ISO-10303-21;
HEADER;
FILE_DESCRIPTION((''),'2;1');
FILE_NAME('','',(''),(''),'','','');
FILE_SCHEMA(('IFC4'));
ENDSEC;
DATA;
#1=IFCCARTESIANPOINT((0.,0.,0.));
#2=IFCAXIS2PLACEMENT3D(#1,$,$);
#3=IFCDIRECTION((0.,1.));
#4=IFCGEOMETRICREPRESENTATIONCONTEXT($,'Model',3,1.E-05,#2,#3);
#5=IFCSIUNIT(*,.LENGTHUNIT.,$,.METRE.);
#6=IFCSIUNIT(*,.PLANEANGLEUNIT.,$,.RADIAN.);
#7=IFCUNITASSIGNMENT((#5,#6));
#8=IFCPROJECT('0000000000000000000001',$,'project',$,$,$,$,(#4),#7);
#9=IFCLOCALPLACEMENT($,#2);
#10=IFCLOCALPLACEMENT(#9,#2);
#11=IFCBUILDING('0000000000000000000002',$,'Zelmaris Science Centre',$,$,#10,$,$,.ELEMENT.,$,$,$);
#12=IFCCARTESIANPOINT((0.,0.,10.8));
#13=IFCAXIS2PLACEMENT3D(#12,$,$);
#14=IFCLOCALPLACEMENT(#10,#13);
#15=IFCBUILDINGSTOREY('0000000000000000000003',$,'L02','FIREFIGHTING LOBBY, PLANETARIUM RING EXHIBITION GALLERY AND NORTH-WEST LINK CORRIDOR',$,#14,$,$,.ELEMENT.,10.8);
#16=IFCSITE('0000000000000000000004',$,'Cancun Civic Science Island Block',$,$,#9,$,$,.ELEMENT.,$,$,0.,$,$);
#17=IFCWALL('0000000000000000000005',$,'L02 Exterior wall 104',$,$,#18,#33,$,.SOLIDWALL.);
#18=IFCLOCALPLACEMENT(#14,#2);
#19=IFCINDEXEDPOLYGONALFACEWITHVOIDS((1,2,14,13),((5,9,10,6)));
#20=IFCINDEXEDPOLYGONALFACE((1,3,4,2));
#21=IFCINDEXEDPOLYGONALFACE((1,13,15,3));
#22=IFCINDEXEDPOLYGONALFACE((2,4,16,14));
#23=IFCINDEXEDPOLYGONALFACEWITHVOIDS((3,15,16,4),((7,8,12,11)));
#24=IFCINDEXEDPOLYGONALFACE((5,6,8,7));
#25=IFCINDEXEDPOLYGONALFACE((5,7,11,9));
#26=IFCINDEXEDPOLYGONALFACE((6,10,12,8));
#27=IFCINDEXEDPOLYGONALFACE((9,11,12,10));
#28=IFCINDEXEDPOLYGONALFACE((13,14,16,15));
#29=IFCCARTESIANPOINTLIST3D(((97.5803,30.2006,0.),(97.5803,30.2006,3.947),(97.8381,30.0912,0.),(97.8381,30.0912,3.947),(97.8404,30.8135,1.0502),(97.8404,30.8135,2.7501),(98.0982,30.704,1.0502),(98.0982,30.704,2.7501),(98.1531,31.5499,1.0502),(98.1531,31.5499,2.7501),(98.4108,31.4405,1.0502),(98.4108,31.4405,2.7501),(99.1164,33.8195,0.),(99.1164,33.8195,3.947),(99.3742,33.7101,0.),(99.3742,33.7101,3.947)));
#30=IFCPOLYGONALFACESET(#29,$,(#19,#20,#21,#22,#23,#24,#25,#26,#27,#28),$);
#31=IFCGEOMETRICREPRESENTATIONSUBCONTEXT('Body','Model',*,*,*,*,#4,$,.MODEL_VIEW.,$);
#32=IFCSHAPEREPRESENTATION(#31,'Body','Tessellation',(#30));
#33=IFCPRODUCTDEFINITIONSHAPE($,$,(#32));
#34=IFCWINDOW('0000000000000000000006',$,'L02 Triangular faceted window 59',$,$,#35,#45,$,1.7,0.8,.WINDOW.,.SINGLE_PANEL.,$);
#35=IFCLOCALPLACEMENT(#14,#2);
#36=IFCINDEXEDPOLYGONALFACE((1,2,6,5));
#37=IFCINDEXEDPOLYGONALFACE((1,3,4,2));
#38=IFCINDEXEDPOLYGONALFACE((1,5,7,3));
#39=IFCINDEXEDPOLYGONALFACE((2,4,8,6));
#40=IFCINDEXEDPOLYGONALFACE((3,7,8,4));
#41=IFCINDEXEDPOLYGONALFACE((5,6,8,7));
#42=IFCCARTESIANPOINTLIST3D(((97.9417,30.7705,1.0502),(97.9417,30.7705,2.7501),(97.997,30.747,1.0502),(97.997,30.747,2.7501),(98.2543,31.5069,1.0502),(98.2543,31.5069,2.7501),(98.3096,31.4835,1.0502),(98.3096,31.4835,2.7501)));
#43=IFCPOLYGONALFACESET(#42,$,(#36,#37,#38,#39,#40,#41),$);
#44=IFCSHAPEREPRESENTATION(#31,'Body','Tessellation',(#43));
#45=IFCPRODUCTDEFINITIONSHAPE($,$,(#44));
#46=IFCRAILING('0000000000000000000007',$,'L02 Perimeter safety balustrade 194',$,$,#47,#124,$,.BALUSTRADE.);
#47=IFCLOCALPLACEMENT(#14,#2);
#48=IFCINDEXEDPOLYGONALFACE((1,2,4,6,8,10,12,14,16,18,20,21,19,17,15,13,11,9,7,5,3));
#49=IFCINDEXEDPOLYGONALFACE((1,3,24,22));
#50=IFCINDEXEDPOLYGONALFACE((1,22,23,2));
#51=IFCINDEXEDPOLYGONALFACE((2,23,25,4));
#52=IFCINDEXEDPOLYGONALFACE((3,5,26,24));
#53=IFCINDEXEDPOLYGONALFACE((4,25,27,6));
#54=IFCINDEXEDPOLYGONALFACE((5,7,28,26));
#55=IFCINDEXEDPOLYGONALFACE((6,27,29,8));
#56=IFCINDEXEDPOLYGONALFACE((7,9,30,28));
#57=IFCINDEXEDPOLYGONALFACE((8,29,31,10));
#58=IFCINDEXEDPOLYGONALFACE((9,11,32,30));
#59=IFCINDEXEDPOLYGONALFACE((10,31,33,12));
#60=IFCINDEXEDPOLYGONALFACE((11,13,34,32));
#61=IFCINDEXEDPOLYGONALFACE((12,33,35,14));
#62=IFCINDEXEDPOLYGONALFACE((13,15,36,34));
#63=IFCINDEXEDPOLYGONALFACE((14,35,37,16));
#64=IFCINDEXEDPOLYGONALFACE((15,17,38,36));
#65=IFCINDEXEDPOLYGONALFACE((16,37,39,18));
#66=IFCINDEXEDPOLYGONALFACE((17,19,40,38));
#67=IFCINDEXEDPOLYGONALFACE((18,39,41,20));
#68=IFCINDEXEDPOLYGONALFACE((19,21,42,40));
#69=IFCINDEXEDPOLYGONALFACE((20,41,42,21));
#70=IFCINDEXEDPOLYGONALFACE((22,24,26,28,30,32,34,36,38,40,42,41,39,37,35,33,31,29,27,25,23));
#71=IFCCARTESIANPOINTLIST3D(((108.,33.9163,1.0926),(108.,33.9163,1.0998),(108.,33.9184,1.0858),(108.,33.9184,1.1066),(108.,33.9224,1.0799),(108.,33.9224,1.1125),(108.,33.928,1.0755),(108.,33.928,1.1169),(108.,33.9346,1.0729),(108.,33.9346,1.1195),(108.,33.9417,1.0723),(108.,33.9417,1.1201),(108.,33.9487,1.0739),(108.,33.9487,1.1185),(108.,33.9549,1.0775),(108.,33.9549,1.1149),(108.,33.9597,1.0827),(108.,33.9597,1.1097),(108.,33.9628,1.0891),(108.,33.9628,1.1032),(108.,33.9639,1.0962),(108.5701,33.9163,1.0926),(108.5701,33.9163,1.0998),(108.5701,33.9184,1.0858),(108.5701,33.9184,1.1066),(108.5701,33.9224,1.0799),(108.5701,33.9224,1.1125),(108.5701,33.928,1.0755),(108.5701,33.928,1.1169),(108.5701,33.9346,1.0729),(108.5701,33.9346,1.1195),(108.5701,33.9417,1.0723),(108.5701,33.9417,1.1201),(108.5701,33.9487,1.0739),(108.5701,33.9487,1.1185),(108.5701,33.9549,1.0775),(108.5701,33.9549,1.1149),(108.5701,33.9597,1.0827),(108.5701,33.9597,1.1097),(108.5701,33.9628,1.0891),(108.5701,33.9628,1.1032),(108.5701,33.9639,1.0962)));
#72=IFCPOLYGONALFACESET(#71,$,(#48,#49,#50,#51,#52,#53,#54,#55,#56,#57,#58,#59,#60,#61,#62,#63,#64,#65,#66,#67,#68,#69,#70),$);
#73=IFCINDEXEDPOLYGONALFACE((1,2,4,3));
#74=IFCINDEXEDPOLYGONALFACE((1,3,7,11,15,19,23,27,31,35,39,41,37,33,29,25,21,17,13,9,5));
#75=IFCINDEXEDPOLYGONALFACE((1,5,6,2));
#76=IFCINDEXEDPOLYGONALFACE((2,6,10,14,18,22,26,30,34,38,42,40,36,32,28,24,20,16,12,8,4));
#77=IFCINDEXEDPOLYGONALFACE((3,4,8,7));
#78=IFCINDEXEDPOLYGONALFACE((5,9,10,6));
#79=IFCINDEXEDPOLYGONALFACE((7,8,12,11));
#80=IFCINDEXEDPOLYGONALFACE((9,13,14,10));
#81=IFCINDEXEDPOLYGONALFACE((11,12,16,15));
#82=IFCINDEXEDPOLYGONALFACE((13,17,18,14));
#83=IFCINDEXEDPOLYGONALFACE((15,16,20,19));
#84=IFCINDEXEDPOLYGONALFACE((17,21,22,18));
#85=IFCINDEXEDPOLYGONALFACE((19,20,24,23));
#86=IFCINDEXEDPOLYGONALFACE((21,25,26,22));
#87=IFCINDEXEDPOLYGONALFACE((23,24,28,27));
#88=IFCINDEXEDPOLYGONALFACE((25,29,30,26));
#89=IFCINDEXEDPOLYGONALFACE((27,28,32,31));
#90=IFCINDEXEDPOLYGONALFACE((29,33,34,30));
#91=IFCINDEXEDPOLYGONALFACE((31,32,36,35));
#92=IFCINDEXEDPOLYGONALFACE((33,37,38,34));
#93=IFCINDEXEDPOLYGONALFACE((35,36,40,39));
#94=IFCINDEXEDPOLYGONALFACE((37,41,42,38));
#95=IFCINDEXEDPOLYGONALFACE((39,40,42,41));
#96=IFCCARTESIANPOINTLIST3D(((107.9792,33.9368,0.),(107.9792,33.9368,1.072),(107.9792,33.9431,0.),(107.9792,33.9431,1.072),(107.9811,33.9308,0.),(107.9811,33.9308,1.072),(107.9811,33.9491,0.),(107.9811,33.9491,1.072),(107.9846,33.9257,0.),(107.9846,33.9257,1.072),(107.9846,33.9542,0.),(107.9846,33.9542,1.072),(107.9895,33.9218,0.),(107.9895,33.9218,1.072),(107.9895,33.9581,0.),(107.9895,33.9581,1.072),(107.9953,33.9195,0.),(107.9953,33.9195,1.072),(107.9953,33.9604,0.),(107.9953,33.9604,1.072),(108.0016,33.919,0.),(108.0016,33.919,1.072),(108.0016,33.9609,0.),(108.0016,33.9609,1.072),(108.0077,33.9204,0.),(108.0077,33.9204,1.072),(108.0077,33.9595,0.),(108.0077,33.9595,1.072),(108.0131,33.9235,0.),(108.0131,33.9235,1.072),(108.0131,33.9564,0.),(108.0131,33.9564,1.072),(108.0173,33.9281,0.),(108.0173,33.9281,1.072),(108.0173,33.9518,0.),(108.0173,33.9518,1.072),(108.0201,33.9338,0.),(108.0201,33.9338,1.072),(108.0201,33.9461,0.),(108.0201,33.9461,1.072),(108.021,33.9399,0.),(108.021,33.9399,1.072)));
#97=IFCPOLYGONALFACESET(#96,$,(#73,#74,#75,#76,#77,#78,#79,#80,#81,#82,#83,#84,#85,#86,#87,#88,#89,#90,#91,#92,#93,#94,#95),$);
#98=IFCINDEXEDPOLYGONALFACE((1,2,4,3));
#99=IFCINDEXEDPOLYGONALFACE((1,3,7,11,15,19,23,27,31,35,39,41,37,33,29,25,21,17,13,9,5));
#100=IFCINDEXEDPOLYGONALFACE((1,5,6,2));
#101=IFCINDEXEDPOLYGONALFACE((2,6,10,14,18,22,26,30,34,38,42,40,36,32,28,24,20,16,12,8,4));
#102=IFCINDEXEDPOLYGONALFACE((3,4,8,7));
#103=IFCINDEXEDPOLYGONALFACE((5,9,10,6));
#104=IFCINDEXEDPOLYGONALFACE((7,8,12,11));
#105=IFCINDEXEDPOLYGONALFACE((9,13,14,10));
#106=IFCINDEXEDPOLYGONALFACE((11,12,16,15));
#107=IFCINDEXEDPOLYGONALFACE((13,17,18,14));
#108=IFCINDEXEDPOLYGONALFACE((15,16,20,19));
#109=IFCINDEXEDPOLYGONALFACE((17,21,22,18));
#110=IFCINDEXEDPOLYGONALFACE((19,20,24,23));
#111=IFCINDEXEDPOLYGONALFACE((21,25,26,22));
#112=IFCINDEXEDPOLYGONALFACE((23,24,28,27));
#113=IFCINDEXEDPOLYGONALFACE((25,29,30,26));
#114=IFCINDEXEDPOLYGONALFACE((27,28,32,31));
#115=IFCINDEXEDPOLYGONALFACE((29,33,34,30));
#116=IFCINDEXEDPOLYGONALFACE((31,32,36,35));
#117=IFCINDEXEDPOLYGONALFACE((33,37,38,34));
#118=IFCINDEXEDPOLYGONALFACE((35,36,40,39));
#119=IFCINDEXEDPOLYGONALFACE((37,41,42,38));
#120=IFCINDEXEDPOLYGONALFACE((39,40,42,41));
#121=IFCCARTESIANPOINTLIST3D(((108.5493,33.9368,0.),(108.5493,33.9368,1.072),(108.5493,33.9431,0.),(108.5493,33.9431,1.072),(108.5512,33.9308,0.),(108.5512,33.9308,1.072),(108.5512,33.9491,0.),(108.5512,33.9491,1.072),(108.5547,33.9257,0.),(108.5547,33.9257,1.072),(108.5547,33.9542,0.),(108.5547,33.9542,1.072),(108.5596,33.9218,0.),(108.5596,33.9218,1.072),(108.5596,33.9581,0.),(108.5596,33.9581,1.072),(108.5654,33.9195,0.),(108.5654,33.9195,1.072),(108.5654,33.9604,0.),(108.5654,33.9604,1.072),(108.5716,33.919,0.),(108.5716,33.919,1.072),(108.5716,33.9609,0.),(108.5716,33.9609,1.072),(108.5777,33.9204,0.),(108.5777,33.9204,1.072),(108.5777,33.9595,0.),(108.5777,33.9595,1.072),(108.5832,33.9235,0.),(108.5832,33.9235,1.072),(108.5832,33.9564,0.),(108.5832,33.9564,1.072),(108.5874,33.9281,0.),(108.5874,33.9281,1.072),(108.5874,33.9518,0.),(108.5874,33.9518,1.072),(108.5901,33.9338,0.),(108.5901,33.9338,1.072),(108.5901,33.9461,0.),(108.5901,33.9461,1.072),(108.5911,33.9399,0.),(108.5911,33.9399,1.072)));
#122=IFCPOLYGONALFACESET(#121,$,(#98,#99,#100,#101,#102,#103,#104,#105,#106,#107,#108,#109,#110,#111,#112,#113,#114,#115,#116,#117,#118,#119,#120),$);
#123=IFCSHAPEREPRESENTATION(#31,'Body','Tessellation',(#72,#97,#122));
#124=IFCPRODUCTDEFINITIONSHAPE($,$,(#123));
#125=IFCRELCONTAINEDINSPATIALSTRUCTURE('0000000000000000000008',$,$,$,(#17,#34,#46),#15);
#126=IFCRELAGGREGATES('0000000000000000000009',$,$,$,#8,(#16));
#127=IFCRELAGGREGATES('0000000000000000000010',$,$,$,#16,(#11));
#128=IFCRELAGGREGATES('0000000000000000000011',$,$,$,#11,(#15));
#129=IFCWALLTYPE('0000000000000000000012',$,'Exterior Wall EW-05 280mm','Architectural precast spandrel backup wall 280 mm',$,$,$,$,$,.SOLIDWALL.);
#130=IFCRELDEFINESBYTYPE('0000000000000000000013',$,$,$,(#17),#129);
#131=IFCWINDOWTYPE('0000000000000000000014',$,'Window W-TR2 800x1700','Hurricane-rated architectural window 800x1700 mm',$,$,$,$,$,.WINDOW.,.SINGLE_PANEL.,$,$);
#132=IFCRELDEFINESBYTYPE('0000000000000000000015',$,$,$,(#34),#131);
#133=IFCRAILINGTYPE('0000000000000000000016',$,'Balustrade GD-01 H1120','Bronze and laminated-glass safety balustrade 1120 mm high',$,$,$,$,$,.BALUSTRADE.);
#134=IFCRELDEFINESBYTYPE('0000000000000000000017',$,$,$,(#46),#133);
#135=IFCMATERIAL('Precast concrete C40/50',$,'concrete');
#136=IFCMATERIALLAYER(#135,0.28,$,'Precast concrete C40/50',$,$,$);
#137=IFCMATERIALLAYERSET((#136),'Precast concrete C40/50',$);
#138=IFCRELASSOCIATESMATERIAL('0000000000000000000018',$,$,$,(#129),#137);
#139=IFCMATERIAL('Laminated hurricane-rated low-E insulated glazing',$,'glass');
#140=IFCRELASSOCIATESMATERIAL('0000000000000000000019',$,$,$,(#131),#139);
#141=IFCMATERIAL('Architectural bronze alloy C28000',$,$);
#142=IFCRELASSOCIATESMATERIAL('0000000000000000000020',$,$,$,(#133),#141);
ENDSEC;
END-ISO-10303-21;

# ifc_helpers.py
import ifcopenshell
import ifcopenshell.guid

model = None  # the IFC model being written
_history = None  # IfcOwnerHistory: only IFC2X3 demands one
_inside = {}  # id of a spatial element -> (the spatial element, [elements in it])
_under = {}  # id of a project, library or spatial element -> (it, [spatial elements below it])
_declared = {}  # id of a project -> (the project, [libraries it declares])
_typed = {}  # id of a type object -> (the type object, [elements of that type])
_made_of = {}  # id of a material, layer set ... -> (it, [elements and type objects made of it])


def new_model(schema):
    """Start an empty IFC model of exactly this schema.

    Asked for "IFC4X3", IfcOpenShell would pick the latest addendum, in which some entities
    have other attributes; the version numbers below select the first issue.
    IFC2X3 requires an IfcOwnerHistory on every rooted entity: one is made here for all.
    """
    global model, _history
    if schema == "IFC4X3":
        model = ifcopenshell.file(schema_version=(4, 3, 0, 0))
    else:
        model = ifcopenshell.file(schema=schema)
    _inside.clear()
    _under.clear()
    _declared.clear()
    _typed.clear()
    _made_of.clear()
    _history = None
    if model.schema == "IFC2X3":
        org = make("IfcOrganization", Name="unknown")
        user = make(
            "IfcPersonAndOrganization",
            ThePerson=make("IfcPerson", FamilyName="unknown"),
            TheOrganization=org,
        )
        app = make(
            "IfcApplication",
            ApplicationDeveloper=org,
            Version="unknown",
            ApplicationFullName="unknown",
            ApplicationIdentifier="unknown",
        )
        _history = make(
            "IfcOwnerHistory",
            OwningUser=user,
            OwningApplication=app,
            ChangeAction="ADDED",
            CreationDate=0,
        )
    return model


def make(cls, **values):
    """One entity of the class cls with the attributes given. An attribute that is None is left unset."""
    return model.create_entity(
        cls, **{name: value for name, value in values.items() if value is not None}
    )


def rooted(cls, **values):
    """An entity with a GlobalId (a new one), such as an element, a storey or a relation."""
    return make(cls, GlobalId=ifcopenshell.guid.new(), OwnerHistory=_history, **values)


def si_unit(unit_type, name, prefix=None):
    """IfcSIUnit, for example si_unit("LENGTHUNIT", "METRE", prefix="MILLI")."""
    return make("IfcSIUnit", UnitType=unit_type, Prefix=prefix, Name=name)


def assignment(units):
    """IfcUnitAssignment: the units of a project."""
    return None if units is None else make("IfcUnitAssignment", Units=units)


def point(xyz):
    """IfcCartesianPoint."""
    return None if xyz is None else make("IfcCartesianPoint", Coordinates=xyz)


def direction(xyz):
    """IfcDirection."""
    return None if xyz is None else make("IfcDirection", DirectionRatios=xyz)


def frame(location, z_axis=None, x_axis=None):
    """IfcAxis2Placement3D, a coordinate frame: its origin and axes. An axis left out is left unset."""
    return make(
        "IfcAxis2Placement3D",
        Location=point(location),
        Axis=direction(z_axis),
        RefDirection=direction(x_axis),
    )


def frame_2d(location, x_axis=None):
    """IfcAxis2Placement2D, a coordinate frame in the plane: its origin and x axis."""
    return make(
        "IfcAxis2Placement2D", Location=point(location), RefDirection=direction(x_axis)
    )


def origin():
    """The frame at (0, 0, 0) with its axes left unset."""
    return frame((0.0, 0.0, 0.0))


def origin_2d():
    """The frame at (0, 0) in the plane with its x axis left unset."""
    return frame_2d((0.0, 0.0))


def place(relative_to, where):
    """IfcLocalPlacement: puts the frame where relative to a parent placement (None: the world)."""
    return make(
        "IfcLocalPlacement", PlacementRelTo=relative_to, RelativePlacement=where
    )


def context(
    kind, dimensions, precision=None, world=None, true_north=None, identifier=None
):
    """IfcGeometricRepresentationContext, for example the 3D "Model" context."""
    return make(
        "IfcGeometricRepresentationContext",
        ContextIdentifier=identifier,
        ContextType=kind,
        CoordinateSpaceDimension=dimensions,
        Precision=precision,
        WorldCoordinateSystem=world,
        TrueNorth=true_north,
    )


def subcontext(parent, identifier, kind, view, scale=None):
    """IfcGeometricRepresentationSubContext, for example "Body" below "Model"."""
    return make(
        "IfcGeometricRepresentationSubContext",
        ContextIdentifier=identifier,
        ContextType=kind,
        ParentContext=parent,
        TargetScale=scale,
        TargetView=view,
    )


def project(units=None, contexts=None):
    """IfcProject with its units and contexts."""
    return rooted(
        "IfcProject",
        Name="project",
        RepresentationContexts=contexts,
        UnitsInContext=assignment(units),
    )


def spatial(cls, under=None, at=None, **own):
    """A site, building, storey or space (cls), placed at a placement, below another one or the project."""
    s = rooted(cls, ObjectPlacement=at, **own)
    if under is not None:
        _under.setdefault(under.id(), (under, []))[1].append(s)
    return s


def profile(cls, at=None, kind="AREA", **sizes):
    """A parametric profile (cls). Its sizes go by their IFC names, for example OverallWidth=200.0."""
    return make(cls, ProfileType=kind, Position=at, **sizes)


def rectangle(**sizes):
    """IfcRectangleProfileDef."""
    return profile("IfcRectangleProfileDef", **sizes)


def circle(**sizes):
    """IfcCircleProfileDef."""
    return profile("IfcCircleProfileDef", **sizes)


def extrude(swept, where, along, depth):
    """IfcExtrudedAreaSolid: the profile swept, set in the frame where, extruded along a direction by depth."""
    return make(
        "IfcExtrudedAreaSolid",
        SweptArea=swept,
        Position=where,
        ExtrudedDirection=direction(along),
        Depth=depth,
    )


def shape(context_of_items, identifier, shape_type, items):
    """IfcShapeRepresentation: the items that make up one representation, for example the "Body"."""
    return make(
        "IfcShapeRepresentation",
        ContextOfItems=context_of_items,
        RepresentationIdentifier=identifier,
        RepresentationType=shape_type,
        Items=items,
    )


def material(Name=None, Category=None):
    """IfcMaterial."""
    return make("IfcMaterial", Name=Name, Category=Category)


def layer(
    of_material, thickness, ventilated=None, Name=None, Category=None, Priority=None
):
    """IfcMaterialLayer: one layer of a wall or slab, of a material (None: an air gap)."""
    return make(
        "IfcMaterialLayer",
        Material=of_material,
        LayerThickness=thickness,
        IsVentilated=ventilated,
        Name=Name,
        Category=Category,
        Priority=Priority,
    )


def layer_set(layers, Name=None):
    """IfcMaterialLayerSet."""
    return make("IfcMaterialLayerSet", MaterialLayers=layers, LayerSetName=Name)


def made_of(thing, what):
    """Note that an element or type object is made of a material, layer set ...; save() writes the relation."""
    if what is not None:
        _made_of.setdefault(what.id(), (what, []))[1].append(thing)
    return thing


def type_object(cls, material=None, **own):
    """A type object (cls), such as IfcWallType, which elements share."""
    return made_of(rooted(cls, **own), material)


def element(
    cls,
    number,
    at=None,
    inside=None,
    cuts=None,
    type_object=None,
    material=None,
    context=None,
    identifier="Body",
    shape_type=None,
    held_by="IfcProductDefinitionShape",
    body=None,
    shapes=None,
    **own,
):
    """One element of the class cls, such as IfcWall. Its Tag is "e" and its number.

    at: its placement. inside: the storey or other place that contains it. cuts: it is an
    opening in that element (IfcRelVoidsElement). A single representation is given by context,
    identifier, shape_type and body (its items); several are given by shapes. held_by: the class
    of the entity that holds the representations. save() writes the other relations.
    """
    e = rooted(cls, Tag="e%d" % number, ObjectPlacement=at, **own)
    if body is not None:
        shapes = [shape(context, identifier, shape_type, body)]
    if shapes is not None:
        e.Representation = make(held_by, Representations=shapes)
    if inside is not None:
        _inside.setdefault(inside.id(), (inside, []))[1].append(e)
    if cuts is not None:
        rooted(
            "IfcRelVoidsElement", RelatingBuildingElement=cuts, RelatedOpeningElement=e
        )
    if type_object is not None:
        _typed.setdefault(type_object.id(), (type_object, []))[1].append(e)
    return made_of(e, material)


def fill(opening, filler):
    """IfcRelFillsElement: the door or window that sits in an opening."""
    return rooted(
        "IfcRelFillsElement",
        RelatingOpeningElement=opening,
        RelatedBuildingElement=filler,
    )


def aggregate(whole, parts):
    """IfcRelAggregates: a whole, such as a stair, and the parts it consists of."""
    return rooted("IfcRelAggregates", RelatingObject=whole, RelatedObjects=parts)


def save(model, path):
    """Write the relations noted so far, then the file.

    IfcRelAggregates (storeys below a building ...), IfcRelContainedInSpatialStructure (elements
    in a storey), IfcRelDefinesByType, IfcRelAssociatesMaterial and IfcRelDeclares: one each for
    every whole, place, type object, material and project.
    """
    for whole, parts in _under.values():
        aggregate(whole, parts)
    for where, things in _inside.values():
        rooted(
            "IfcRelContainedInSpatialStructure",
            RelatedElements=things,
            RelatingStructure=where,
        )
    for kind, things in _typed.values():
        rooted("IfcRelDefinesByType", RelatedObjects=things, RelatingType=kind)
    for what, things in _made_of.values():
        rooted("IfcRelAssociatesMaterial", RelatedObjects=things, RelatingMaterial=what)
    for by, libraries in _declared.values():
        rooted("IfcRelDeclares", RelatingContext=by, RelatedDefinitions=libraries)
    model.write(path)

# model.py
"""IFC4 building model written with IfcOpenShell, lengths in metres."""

from ifc_helpers import new_model, si_unit, direction, frame, frame_2d, origin, origin_2d, place, context, subcontext, project, spatial, rectangle, circle, extrude, material, layer, layer_set, type_object, element, fill, save


model = new_model("IFC4")

# Units and contexts
model_context = context("Model", 3, precision=1e-05, world=origin(), true_north=direction((0.0, 1.0)))
body_context = subcontext(model_context, "Body", "Model", "MODEL_VIEW")
ifc_project = project(units=[si_unit("LENGTHUNIT", "METRE"), si_unit("PLANEANGLEUNIT", "RADIAN")], contexts=[model_context])

# Site, building, storey
site_placement = place(None, origin())
site = spatial("IfcSite", under=ifc_project, at=site_placement, Name="Cancun Civic Science Island Block", CompositionType="ELEMENT", RefElevation=0.0)
building_placement = place(site_placement, origin())
building = spatial("IfcBuilding", under=site, at=building_placement, Name="Zelmaris Science Centre", CompositionType="ELEMENT")
storey_placement = place(building_placement, frame((0.0, 0.0, 10.8)))
storey = spatial("IfcBuildingStorey", under=building, at=storey_placement, Name="L02", Description="FIREFIGHTING LOBBY, PLANETARIUM RING EXHIBITION GALLERY AND NORTH-WEST LINK CORRIDOR", CompositionType="ELEMENT", Elevation=10.8)

# Shared definitions
ifc_material_1 = material(Name="Laminated hurricane-rated low-E insulated glazing", Category="glass")

# Shared definitions
ifc_material_2 = material(Name="Precast concrete C40/50", Category="concrete")

# Wall, opening, window
ifc_layer_1 = layer(ifc_material_2, 0.28, Name="Precast concrete C40/50")
ifc_layer_set_1 = layer_set([ifc_layer_1], Name="Precast concrete C40/50")
wall_type_1 = type_object("IfcWallType", Name="Exterior Wall EW-05 280mm", Description="Architectural precast spandrel backup wall 280 mm", PredefinedType="SOLIDWALL", material=ifc_layer_set_1)
wall_1_placement = place(storey_placement, frame((99.2454, 33.7649, 0.0), z_axis=(0.0, 0.0, 1.0), x_axis=(-0.390732, -0.920505, 0.0)))
wall_1 = element("IfcWall", 1, at=wall_1_placement, inside=storey, type_object=wall_type_1, Name="L02 Exterior wall 104", PredefinedType="SOLIDWALL", context=body_context, shape_type="SweptSolid", body=[
    extrude(rectangle(XDim=3.9314, YDim=0.28, at=frame_2d((1.9658, 0.0))), origin(), (0.0, 0.0, 1.0), 3.947),
])
opening_placement = place(wall_1_placement, frame((2.4658, 0.0, 1.05)))
opening = element("IfcOpeningElement", 2, at=opening_placement, cuts=wall_1, PredefinedType="OPENING", context=body_context, shape_type="SweptSolid", body=[
    extrude(rectangle(XDim=0.8, YDim=1.7, at=frame_2d((0.3999, 0.8501))), frame((0.0, 0.1499, 0.0), z_axis=(0.0, -1.0, 0.0), x_axis=(1.0, 0.0, 0.0)), (0.0, 0.0, 1.0), 0.3),
])
window_type = type_object("IfcWindowType", Name="Window W-TR2 800x1700", Description="Hurricane-rated architectural window 800x1700 mm", PartitioningType="SINGLE_PANEL", PredefinedType="WINDOW", material=ifc_material_1)
window_placement = place(opening_placement, origin())
window = element("IfcWindow", 3, at=window_placement, inside=storey, type_object=window_type, Name="L02 Triangular faceted window 59", OverallHeight=1.7, OverallWidth=0.8, PartitioningType="SINGLE_PANEL", PredefinedType="WINDOW", context=body_context, shape_type="SweptSolid", body=[
    extrude(rectangle(XDim=0.8, YDim=1.7, at=frame_2d((0.3999, 0.8501))), frame((0.0, 0.03, 0.0), z_axis=(0.0, -1.0, 0.0), x_axis=(1.0, 0.0, 0.0)), (0.0, 0.0, 1.0), 0.0601),
])
fill(opening, window)

# Railing
ifc_material_3 = material(Name="Architectural bronze alloy C28000")
railing_type = type_object("IfcRailingType", Name="Balustrade GD-01 H1120", Description="Bronze and laminated-glass safety balustrade 1120 mm high", PredefinedType="BALUSTRADE", material=ifc_material_3)
railing_placement = place(storey_placement, frame((108.0, 33.9399, 0.0)))
element("IfcRailing", 4, at=railing_placement, inside=storey, type_object=railing_type, Name="L02 Perimeter safety balustrade 194", PredefinedType="BALUSTRADE", context=body_context, shape_type="SweptSolid", body=[
    extrude(circle(Radius=0.0239, at=origin_2d()), frame((0.0, 0.0, 1.0962), z_axis=(1.0, 0.0, 0.0), x_axis=(0.0, 1.0, 0.0)), (0.0, 0.0, 1.0), 0.5701),
    extrude(circle(Radius=0.021, at=origin_2d()), origin(), (0.0, 0.0, 1.0), 1.072),
    extrude(circle(Radius=0.021, at=origin_2d()), frame((0.5701, 0.0, 0.0)), (0.0, 0.0, 1.0), 1.072),
])

save(model, "model.ifc")
